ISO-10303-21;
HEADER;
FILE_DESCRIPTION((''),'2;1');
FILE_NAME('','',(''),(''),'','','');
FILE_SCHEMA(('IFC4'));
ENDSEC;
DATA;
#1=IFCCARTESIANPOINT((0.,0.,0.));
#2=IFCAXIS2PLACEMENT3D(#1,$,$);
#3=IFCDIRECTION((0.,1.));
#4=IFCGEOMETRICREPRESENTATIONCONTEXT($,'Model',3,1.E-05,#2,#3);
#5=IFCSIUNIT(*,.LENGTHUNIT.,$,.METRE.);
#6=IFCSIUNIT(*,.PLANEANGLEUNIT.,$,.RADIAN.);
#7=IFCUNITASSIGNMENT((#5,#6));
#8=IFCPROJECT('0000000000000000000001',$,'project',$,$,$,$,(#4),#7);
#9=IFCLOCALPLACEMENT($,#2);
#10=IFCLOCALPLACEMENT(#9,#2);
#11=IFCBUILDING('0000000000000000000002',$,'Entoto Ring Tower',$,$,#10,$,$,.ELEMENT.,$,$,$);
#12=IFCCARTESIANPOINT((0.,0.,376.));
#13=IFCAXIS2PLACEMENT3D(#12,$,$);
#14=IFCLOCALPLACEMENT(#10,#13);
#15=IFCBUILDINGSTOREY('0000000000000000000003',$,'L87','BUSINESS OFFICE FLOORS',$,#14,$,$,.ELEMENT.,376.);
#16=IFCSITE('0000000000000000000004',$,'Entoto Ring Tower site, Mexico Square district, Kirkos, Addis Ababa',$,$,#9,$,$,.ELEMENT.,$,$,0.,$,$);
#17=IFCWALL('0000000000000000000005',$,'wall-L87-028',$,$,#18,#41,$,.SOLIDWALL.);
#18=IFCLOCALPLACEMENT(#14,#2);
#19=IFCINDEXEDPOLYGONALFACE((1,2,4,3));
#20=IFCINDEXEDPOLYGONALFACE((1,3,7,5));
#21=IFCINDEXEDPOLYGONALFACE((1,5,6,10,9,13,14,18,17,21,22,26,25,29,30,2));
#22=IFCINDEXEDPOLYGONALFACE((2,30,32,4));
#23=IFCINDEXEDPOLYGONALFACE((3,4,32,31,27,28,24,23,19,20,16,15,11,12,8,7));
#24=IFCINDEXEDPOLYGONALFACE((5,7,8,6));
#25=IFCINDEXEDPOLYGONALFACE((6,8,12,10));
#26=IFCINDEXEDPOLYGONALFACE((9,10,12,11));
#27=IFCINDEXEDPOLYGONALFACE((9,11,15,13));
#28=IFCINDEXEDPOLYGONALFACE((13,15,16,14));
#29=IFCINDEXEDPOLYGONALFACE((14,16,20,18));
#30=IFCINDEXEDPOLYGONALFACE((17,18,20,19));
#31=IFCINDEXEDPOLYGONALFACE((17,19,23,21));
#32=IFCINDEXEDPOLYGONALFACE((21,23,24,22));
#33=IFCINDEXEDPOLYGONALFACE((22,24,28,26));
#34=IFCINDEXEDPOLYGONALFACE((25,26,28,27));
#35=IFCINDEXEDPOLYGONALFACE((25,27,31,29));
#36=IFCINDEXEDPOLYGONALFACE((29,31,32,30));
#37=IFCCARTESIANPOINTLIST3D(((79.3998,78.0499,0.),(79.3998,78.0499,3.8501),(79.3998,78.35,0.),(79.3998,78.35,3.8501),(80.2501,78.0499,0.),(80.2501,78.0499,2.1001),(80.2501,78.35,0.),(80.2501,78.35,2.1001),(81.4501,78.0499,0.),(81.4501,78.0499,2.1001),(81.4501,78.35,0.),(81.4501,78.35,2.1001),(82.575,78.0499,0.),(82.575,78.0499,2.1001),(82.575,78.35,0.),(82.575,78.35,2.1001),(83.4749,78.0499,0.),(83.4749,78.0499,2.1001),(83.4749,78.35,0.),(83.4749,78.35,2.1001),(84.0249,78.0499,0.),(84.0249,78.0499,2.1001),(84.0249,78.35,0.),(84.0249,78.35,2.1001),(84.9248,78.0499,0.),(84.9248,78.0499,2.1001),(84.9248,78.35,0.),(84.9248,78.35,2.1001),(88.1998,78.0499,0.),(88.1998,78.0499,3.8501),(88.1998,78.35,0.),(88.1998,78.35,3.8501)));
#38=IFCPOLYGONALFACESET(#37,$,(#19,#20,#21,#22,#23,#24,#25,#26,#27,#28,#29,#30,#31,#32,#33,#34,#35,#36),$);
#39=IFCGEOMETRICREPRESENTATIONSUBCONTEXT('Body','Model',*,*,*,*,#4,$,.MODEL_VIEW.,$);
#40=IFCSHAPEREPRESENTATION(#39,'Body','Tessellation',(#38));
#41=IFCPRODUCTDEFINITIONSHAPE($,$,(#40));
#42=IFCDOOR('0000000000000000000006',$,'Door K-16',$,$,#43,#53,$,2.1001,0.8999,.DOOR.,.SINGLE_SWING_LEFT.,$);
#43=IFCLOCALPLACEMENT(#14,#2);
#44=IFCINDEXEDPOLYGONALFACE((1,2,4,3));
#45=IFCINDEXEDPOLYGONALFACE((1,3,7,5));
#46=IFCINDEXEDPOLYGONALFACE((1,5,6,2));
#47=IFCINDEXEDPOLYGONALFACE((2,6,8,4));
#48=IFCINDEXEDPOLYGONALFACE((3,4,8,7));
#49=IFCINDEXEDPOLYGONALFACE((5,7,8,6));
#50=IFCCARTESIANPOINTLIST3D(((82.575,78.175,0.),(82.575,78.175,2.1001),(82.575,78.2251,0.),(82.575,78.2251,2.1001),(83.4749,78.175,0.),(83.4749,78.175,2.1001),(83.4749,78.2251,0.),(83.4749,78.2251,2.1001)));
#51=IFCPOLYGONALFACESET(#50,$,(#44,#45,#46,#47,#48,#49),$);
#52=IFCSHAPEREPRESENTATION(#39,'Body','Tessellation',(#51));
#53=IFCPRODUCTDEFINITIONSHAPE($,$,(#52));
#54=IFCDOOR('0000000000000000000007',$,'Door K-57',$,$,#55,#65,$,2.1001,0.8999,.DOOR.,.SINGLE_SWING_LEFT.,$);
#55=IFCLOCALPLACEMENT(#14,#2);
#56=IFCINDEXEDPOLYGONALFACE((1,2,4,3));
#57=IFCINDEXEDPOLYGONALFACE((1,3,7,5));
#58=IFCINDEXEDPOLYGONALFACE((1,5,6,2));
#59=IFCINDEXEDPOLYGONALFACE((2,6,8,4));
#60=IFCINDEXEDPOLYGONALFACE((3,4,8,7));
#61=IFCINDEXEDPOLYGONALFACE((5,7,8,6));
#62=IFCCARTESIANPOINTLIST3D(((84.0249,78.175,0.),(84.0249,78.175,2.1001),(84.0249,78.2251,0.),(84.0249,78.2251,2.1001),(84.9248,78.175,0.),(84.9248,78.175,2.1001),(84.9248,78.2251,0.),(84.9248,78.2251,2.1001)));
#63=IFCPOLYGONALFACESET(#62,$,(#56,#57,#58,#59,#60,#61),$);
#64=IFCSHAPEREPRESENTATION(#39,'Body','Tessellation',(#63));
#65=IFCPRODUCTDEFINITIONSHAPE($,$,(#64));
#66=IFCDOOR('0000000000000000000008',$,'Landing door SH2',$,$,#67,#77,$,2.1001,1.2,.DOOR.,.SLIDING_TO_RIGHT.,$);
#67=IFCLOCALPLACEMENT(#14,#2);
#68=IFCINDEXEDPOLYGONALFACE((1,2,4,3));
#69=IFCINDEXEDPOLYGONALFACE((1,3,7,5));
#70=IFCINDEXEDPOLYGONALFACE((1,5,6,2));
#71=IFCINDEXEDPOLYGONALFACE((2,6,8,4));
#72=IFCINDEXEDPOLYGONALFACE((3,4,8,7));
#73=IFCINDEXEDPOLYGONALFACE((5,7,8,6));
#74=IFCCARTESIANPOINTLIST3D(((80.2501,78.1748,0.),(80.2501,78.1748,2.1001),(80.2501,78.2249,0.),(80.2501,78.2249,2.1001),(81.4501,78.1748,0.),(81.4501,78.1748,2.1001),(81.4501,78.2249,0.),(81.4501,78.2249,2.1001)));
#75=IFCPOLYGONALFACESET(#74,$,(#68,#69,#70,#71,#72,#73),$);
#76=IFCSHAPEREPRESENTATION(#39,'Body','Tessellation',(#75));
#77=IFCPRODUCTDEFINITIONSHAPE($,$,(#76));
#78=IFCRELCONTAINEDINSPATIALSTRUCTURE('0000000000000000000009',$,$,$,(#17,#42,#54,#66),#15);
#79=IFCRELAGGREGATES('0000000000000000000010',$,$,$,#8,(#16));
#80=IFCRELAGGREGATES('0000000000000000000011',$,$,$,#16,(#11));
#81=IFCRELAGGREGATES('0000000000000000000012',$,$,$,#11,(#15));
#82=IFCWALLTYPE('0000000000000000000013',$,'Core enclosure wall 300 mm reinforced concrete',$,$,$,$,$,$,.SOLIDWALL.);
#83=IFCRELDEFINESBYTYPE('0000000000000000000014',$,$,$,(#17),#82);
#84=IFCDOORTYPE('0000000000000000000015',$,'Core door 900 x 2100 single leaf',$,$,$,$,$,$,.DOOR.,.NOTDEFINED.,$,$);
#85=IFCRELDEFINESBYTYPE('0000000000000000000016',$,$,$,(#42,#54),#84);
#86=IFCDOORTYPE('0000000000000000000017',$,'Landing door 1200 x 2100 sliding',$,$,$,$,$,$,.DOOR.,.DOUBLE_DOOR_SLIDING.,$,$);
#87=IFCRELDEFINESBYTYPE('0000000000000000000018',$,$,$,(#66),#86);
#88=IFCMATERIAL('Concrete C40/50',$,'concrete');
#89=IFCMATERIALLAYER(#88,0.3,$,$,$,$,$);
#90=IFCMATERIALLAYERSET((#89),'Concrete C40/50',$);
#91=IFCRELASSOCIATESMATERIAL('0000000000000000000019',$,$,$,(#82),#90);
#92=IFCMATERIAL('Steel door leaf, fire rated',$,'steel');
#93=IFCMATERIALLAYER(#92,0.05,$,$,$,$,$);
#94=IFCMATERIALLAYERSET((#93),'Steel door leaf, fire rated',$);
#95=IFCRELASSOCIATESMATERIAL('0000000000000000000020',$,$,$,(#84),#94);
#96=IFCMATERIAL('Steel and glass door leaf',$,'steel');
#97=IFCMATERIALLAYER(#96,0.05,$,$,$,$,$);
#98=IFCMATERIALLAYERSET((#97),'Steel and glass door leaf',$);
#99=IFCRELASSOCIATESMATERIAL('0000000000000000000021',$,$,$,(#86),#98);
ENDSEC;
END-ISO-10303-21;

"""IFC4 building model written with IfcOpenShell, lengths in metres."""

from ifc_helpers import new_model, si_unit, direction, frame, frame_2d, origin, place, context, subcontext, project, spatial, rectangle, extrude, material, layer, layer_set, type_object, element, fill, save


model = new_model("IFC4")

# Units and contexts
model_context = context("Model", 3, precision=1e-05, world=origin(), true_north=direction((0.0, 1.0)))
body_context = subcontext(model_context, "Body", "Model", "MODEL_VIEW")
ifc_project = project(units=[si_unit("LENGTHUNIT", "METRE"), si_unit("PLANEANGLEUNIT", "RADIAN")], contexts=[model_context])

# Site, building, storey
site_placement = place(None, origin())
site = spatial("IfcSite", under=ifc_project, at=site_placement, Name="Entoto Ring Tower site, Mexico Square district, Kirkos, Addis Ababa", CompositionType="ELEMENT", RefElevation=0.0)
building_placement = place(site_placement, origin())
building = spatial("IfcBuilding", under=site, at=building_placement, Name="Entoto Ring Tower", CompositionType="ELEMENT")
storey_placement = place(building_placement, frame((0.0, 0.0, 376.0)))
storey = spatial("IfcBuildingStorey", under=building, at=storey_placement, Name="L87", Description="BUSINESS OFFICE FLOORS", CompositionType="ELEMENT", Elevation=376.0)

# Shared definitions
ifc_material_1 = material(Name="Concrete C40/50", Category="concrete")
ifc_layer_1 = layer(ifc_material_1, 0.3)
ifc_layer_set_1 = layer_set([ifc_layer_1], Name="Concrete C40/50")
wall_type = type_object("IfcWallType", Name="Core enclosure wall 300 mm reinforced concrete", PredefinedType="SOLIDWALL", material=ifc_layer_set_1)

# Wall, openings, doors
wall_1_placement = place(storey_placement, frame((79.3999, 78.2, 0.0), z_axis=(0.0, 0.0, 1.0), x_axis=(1.0, 0.0, 0.0)))
wall_1 = element("IfcWall", 1, at=wall_1_placement, inside=storey, type_object=wall_type, Name="wall-L87-028", PredefinedType="SOLIDWALL", context=body_context, shape_type="SweptSolid", body=[
    extrude(rectangle(XDim=8.8, YDim=0.3, at=frame_2d((4.3999, 0.0))), origin(), (0.0, 0.0, 1.0), 3.8501),
])
opening_1_placement = place(wall_1_placement, frame((0.8501, 0.0, 0.0)))
opening_1 = element("IfcOpeningElement", 2, at=opening_1_placement, cuts=wall_1, PredefinedType="OPENING", context=body_context, shape_type="SweptSolid", body=[
    extrude(rectangle(XDim=1.2, YDim=2.1001, at=frame_2d((0.6001, 1.05))), frame((0.0, 0.1602, 0.0), z_axis=(0.0, -1.0, 0.0), x_axis=(1.0, 0.0, 0.0)), (0.0, 0.0, 1.0), 0.3201),
])
opening_2_placement = place(wall_1_placement, frame((3.175, 0.0, 0.0)))
opening_2 = element("IfcOpeningElement", 3, at=opening_2_placement, cuts=wall_1, PredefinedType="OPENING", context=body_context, shape_type="SweptSolid", body=[
    extrude(rectangle(XDim=0.8999, YDim=2.1001, at=frame_2d((0.45, 1.05))), frame((0.0, 0.1602, 0.0), z_axis=(0.0, -1.0, 0.0), x_axis=(1.0, 0.0, 0.0)), (0.0, 0.0, 1.0), 0.3201),
])
opening_3_placement = place(wall_1_placement, frame((4.625, 0.0, 0.0)))
opening_3 = element("IfcOpeningElement", 4, at=opening_3_placement, cuts=wall_1, PredefinedType="OPENING", context=body_context, shape_type="SweptSolid", body=[
    extrude(rectangle(XDim=0.8999, YDim=2.1001, at=frame_2d((0.45, 1.05))), frame((0.0, 0.1602, 0.0), z_axis=(0.0, -1.0, 0.0), x_axis=(1.0, 0.0, 0.0)), (0.0, 0.0, 1.0), 0.3201),
])
ifc_material_2 = material(Name="Steel door leaf, fire rated", Category="steel")
ifc_layer_2 = layer(ifc_material_2, 0.05)
ifc_layer_set_2 = layer_set([ifc_layer_2], Name="Steel door leaf, fire rated")
door_type_1 = type_object("IfcDoorType", Name="Core door 900 x 2100 single leaf", OperationType="NOTDEFINED", PredefinedType="DOOR", material=ifc_layer_set_2)
door_1_placement = place(opening_2_placement, frame((0.8999, 0.0, 0.0), z_axis=(0.0, 0.0, 1.0), x_axis=(-1.0, 0.0, 0.0)))
door_1 = element("IfcDoor", 5, at=door_1_placement, inside=storey, type_object=door_type_1, Name="Door K-16", OperationType="SINGLE_SWING_LEFT", OverallHeight=2.1001, OverallWidth=0.8999, PredefinedType="DOOR", context=body_context, shape_type="SweptSolid", body=[
    extrude(rectangle(XDim=0.8999, YDim=2.1001, at=frame_2d((0.45, 1.05))), frame((0.0, 0.0249, 0.0), z_axis=(0.0, -1.0, 0.0), x_axis=(1.0, 0.0, 0.0)), (0.0, 0.0, 1.0), 0.05),
])
fill(opening_2, door_1)
door_2_placement = place(opening_3_placement, frame((0.8999, 0.0, 0.0), z_axis=(0.0, 0.0, 1.0), x_axis=(-1.0, 0.0, 0.0)))
door_2 = element("IfcDoor", 6, at=door_2_placement, inside=storey, type_object=door_type_1, Name="Door K-57", OperationType="SINGLE_SWING_LEFT", OverallHeight=2.1001, OverallWidth=0.8999, PredefinedType="DOOR", context=body_context, shape_type="SweptSolid", body=[
    extrude(rectangle(XDim=0.8999, YDim=2.1001, at=frame_2d((0.45, 1.05))), frame((0.0, 0.0249, 0.0), z_axis=(0.0, -1.0, 0.0), x_axis=(1.0, 0.0, 0.0)), (0.0, 0.0, 1.0), 0.05),
])
fill(opening_3, door_2)
ifc_material_3 = material(Name="Steel and glass door leaf", Category="steel")
ifc_layer_3 = layer(ifc_material_3, 0.05)
ifc_layer_set_3 = layer_set([ifc_layer_3], Name="Steel and glass door leaf")
door_type_2 = type_object("IfcDoorType", Name="Landing door 1200 x 2100 sliding", OperationType="DOUBLE_DOOR_SLIDING", PredefinedType="DOOR", material=ifc_layer_set_3)
door_3_placement = place(opening_1_placement, origin())
door_3 = element("IfcDoor", 7, at=door_3_placement, inside=storey, type_object=door_type_2, Name="Landing door SH2", OperationType="SLIDING_TO_RIGHT", OverallHeight=2.1001, OverallWidth=1.2, PredefinedType="DOOR", context=body_context, shape_type="SweptSolid", body=[
    extrude(rectangle(XDim=1.2, YDim=2.1001, at=frame_2d((0.6001, 1.05))), frame((0.0, 0.0249, 0.0), z_axis=(0.0, -1.0, 0.0), x_axis=(1.0, 0.0, 0.0)), (0.0, 0.0, 1.0), 0.05),
])
fill(opening_1, door_3)

save(model, "model.ifc")
